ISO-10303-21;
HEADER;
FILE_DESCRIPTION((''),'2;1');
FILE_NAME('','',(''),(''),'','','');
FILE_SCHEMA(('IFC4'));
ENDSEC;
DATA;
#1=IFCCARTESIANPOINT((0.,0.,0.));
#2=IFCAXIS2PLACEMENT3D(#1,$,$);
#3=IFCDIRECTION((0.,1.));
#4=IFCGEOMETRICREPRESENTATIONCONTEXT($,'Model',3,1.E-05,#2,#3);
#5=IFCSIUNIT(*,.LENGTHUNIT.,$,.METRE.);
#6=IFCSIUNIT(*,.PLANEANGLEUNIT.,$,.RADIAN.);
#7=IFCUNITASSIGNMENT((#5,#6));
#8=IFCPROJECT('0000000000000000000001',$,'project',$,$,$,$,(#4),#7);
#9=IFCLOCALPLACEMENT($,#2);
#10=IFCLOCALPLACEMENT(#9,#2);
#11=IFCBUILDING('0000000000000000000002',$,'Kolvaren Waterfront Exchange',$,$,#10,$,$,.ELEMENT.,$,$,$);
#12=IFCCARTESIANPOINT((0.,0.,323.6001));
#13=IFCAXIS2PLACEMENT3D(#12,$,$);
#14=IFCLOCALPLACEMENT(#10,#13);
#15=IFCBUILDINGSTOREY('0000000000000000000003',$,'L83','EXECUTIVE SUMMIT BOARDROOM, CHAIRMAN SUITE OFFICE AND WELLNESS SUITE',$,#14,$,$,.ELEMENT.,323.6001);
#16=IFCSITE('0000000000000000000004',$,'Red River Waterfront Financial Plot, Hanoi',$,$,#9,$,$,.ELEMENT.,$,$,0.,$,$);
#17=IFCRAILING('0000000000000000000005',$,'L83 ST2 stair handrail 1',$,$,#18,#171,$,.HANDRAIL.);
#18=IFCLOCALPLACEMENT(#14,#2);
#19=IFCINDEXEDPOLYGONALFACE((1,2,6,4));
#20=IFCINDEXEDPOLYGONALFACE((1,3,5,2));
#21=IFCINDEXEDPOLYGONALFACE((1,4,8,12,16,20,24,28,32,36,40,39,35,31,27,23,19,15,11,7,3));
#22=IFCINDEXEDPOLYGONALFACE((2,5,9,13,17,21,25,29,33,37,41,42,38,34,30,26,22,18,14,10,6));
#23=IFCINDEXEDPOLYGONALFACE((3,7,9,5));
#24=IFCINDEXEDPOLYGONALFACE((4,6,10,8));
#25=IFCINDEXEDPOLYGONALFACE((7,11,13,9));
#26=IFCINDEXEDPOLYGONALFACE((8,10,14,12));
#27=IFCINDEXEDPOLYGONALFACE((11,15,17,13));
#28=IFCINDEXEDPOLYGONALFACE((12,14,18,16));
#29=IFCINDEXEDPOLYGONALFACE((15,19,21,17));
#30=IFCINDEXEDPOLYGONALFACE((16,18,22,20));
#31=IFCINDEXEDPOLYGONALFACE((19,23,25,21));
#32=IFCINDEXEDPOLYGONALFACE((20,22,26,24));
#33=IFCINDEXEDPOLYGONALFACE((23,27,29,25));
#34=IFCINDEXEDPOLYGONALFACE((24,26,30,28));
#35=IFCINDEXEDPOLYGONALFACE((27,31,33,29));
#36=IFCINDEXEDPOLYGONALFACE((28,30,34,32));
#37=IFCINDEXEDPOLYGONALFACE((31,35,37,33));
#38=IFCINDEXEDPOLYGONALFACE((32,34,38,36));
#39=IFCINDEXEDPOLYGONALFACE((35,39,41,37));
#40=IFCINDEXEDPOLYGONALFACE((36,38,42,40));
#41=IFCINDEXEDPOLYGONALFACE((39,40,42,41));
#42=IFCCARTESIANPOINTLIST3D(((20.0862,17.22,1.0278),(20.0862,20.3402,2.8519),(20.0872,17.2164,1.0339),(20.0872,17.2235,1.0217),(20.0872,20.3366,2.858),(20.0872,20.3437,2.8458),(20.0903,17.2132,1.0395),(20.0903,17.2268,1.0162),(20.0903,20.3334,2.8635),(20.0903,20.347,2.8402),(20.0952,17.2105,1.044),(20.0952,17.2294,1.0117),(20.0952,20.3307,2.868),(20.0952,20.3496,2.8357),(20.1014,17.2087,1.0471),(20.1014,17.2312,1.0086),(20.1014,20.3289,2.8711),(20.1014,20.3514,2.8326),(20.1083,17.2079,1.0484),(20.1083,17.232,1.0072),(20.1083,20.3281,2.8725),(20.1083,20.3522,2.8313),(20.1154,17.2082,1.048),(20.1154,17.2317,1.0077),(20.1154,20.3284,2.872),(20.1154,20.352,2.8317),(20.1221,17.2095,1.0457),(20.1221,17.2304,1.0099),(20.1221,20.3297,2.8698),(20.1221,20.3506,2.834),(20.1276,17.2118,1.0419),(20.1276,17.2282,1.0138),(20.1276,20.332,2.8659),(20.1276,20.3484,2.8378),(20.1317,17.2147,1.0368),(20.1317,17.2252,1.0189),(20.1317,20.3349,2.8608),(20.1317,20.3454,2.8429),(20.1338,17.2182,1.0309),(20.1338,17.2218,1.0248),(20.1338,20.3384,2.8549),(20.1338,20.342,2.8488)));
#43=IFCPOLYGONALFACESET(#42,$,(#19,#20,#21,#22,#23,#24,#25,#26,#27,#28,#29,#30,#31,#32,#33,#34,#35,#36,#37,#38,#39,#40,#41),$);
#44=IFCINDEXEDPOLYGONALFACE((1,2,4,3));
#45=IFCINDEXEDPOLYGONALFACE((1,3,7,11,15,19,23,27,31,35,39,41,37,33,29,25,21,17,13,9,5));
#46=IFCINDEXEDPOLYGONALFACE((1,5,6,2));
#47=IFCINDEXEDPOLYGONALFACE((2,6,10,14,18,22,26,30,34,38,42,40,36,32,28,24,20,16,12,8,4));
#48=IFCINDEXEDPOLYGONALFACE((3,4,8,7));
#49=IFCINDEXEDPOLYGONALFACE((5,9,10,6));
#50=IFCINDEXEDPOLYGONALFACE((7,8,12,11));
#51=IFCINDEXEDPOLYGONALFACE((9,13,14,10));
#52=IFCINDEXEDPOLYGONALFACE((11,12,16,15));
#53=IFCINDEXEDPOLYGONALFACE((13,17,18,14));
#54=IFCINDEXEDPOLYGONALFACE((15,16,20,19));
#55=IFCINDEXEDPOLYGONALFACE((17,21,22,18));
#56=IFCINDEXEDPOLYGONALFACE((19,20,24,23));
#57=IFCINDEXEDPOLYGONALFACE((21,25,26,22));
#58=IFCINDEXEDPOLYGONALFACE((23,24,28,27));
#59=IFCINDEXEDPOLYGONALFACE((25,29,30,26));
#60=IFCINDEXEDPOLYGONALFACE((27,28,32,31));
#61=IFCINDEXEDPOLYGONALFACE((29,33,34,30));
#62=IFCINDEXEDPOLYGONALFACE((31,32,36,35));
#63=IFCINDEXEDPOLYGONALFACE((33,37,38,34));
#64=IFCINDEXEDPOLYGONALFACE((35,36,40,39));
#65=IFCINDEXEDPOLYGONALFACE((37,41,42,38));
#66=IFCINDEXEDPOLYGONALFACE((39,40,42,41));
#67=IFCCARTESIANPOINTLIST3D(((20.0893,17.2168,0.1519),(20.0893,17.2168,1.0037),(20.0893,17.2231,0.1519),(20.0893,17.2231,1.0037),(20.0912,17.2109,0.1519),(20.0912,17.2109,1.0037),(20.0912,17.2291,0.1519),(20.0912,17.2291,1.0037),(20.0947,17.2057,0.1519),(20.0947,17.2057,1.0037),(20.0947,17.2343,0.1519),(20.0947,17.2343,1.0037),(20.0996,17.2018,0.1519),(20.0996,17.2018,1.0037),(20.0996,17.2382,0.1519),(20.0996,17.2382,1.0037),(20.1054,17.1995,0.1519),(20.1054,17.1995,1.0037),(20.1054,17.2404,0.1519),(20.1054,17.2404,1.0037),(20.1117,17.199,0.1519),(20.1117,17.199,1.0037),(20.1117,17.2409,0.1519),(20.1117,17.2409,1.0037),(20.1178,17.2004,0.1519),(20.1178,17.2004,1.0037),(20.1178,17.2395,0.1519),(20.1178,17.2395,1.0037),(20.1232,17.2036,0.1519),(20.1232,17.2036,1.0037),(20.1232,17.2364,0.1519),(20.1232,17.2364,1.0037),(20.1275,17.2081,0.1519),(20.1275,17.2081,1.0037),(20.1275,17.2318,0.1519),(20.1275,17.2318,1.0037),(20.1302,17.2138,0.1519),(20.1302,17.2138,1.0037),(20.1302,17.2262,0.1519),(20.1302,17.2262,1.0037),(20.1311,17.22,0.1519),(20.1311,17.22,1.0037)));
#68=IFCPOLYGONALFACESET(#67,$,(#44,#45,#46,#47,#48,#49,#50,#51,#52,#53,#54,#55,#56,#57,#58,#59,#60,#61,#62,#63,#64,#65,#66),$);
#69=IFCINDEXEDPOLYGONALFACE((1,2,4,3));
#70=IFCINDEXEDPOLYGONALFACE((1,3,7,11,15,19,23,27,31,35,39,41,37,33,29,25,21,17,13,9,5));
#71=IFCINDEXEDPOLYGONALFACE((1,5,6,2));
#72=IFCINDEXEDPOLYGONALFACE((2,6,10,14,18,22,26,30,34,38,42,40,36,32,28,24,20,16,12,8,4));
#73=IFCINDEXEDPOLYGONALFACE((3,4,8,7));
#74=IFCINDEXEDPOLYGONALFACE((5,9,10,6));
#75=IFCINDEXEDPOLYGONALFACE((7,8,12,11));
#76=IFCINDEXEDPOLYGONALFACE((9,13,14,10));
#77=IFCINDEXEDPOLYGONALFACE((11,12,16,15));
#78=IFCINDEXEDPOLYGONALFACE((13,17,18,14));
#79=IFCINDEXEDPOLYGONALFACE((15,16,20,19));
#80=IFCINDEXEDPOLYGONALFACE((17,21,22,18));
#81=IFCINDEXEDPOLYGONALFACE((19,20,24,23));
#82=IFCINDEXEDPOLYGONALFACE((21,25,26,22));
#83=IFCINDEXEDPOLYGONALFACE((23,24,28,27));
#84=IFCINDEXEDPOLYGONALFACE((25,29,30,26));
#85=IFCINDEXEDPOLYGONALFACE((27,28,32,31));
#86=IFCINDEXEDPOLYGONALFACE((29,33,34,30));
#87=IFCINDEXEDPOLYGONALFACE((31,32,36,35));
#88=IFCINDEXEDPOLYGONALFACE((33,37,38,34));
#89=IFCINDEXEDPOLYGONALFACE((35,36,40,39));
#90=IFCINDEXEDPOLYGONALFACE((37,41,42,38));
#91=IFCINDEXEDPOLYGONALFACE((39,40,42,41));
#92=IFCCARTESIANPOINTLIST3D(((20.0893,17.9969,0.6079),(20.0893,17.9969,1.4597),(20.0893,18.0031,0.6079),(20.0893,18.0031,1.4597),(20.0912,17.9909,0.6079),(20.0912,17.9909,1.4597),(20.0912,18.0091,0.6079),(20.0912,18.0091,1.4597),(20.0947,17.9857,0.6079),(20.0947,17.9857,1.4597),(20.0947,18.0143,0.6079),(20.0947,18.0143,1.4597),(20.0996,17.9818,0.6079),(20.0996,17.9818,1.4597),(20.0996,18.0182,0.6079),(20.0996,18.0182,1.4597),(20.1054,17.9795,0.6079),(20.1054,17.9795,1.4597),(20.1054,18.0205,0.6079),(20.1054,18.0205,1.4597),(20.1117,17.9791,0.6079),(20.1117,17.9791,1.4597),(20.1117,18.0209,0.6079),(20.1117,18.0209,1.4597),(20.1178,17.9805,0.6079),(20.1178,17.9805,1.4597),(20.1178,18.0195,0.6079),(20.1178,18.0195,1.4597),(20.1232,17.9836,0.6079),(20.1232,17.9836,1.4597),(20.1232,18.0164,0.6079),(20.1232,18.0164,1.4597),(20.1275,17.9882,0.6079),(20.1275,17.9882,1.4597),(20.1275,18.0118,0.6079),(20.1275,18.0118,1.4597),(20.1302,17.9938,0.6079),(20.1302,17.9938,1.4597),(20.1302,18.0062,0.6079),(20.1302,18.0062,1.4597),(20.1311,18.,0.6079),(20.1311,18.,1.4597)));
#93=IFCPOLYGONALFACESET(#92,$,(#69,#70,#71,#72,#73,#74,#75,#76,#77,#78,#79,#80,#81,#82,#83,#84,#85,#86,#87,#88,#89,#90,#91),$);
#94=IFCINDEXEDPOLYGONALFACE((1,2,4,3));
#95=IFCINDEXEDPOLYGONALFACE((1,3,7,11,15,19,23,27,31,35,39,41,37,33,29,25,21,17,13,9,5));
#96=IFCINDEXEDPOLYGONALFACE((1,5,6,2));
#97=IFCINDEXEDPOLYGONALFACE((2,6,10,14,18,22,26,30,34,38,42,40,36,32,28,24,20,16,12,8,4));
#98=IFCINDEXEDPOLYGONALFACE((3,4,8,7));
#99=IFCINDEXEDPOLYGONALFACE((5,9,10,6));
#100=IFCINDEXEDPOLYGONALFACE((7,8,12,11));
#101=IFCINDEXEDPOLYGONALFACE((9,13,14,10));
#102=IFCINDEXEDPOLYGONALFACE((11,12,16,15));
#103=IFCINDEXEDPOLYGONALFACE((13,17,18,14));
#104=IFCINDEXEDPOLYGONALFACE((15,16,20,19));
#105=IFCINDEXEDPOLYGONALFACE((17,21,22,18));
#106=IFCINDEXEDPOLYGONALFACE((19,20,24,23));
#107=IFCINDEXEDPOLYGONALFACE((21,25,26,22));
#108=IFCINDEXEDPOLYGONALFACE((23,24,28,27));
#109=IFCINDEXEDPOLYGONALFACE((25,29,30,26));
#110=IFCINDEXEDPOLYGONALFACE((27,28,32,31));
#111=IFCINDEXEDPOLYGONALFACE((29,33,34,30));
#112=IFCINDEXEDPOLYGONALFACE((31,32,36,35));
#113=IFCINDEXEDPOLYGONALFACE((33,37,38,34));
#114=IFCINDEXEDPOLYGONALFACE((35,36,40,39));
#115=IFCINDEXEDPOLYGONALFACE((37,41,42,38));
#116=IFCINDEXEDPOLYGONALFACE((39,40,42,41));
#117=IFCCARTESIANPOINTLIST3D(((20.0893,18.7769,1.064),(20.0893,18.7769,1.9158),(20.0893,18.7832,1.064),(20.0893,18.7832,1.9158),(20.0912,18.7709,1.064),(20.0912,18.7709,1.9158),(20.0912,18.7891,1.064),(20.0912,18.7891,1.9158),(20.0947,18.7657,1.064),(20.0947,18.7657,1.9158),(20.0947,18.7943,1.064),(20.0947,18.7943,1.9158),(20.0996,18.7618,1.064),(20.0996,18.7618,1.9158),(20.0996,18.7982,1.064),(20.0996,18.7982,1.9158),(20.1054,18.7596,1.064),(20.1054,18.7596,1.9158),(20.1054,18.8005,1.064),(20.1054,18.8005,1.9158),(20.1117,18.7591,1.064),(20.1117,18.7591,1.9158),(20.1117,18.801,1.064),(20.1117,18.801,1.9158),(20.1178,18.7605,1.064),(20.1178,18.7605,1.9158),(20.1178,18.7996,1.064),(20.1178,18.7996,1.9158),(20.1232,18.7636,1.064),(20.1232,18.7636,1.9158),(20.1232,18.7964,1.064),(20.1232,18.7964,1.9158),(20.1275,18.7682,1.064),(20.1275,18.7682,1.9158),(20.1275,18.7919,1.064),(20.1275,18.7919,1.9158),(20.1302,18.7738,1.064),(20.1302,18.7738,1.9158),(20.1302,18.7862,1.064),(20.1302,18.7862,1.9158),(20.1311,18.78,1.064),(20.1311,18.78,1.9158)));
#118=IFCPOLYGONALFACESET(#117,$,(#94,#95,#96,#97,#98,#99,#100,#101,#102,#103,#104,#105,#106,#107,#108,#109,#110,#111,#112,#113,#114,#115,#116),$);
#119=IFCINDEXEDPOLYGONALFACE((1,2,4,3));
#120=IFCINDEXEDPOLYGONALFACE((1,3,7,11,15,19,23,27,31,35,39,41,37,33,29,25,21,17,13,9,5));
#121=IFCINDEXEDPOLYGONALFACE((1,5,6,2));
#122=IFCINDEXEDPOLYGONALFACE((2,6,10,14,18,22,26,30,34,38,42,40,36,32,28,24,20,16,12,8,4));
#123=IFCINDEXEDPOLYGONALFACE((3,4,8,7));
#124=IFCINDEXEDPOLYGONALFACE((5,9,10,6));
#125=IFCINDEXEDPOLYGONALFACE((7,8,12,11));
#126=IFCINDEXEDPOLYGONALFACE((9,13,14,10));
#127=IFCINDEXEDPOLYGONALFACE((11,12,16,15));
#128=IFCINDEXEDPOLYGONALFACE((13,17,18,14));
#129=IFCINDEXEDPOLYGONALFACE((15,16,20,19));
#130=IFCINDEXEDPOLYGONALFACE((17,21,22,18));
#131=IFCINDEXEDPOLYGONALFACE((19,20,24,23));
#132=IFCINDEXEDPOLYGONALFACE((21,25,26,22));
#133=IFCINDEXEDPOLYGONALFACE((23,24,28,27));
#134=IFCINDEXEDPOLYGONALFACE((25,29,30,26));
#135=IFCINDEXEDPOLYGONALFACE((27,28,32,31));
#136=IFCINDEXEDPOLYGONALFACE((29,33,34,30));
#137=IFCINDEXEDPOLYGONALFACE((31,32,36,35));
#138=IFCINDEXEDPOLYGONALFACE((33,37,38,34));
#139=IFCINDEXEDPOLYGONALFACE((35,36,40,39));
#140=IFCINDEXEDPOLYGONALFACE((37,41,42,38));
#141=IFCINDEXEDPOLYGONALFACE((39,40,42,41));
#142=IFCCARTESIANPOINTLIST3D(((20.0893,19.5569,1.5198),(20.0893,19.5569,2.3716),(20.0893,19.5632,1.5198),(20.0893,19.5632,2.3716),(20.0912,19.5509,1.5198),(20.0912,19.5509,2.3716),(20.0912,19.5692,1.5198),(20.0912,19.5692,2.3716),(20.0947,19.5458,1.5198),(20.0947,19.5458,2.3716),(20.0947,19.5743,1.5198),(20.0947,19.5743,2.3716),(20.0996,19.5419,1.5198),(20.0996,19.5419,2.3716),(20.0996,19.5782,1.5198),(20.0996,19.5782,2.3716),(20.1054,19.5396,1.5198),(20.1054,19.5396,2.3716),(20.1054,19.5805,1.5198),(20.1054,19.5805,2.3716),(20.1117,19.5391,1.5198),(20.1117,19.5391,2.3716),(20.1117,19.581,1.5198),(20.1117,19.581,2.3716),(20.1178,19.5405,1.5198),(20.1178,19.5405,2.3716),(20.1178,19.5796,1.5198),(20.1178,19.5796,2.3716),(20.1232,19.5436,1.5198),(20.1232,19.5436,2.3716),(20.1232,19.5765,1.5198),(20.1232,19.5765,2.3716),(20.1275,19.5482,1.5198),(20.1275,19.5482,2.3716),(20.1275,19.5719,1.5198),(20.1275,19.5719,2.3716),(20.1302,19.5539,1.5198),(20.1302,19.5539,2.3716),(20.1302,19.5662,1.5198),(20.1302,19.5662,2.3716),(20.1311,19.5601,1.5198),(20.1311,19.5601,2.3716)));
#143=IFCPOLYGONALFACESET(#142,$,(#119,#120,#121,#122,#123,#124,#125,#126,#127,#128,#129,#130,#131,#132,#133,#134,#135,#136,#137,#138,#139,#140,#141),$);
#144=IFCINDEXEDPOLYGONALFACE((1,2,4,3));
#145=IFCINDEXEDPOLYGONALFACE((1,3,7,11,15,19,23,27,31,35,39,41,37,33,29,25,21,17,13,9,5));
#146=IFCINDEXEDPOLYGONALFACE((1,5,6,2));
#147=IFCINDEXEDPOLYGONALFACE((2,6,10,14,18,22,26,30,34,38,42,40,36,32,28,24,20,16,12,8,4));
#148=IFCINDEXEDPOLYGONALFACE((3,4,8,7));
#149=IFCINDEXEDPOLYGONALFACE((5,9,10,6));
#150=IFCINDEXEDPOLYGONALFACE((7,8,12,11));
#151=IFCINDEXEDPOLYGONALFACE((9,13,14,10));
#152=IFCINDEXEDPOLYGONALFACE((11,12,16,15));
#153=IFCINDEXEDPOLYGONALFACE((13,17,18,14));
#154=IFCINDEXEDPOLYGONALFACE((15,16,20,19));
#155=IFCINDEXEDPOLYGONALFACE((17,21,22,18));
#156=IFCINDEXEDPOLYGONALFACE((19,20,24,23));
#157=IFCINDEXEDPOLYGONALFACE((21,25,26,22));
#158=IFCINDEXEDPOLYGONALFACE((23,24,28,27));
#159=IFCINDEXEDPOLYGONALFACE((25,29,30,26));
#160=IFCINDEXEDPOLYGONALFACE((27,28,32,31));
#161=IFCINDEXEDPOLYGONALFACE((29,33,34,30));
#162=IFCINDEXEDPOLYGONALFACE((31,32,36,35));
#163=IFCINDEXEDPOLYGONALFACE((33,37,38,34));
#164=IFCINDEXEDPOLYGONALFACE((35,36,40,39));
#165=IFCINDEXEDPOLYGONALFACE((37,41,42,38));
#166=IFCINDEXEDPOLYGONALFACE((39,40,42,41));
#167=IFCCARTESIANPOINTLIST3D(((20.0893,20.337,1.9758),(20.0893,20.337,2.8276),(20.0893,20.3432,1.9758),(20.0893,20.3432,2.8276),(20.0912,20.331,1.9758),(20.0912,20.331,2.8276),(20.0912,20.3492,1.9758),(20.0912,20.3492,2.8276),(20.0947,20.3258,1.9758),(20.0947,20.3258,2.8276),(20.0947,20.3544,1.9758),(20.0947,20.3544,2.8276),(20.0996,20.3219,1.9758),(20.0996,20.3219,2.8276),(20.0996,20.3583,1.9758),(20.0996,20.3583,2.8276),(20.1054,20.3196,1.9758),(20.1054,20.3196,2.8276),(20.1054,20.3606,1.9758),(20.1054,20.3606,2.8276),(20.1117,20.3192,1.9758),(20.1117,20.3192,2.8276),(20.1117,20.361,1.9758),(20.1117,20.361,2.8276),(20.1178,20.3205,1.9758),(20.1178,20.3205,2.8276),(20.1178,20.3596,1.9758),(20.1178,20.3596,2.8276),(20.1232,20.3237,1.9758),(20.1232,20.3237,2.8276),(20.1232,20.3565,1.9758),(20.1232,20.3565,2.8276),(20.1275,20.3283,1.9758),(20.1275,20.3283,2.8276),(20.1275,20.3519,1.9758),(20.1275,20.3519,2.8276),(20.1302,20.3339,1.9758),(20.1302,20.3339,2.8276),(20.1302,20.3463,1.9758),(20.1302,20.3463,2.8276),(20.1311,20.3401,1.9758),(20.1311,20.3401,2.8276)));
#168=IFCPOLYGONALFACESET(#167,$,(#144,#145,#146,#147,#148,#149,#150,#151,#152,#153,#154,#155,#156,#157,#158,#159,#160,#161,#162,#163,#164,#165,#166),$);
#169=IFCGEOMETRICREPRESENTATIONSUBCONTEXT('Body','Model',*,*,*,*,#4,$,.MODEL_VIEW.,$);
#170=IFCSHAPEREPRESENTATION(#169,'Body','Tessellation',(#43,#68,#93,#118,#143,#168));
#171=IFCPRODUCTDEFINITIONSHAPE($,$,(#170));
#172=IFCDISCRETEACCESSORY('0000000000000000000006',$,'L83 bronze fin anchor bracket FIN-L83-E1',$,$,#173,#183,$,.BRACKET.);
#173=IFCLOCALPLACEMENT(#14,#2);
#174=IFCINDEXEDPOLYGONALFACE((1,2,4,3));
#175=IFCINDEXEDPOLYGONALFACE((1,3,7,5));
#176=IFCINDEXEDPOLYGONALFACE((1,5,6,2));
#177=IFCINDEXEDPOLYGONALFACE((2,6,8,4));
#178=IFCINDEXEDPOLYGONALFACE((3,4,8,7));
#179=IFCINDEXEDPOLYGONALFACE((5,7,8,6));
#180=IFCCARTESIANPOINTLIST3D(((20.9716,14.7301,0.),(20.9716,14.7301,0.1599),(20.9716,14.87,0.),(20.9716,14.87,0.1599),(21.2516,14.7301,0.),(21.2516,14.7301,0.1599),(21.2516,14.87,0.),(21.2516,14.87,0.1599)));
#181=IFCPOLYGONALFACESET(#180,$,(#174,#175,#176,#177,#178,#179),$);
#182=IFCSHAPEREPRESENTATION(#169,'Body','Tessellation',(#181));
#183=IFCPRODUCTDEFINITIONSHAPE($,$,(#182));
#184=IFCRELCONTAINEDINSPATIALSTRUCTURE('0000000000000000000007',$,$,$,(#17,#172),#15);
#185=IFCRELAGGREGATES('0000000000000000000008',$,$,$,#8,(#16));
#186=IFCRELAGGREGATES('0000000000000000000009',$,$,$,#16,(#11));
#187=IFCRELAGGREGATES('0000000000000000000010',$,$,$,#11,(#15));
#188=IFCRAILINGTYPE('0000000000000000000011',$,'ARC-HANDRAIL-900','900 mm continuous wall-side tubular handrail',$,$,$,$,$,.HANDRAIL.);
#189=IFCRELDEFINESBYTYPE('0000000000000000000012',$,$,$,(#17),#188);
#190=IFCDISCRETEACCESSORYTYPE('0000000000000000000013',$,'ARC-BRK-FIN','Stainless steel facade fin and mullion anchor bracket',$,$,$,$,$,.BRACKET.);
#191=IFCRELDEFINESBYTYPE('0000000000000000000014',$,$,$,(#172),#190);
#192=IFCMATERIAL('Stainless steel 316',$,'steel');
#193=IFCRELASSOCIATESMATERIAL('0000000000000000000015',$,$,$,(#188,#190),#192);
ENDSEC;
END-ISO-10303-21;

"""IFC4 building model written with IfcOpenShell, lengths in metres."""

from ifc_helpers import new_model, si_unit, direction, frame, origin, origin_with_axes, origin_2d, place, context, subcontext, project, spatial, rectangle, circle, extrude, source, transform, mapped, material, type_object, element, save


model = new_model("IFC4")

# Units and contexts
model_context = context("Model", 3, precision=1e-05, world=origin(), true_north=direction((0.0, 1.0)))
body_context = subcontext(model_context, "Body", "Model", "MODEL_VIEW")
ifc_project = project(units=[si_unit("LENGTHUNIT", "METRE"), si_unit("PLANEANGLEUNIT", "RADIAN")], contexts=[model_context])

# Site, building, storey
site_placement = place(None, origin())
site = spatial("IfcSite", under=ifc_project, at=site_placement, Name="Red River Waterfront Financial Plot, Hanoi", CompositionType="ELEMENT", RefElevation=0.0)
building_placement = place(site_placement, origin())
building = spatial("IfcBuilding", under=site, at=building_placement, Name="Kolvaren Waterfront Exchange", CompositionType="ELEMENT")
storey_placement = place(building_placement, frame((0.0, 0.0, 323.6001)))
storey = spatial("IfcBuildingStorey", under=building, at=storey_placement, Name="L83", Description="EXECUTIVE SUMMIT BOARDROOM, CHAIRMAN SUITE OFFICE AND WELLNESS SUITE", CompositionType="ELEMENT", Elevation=323.6001)

# Railing
ifc_material_1 = material(Name="Stainless steel 316", Category="steel")
railing_type_1 = type_object("IfcRailingType", Name="ARC-HANDRAIL-900", Description="900 mm continuous wall-side tubular handrail", PredefinedType="HANDRAIL", material=ifc_material_1)
railing_1_placement = place(storey_placement, frame((20.1101, 17.22, 0.1519)))
element("IfcRailing", 1, at=railing_1_placement, inside=storey, type_object=railing_type_1, Name="L83 ST2 stair handrail 1", PredefinedType="HANDRAIL", context=body_context, shape_type="SweptSolid", body=[
    extrude(circle(Radius=0.0239, at=origin_2d()), frame((0.0, 0.0, 0.876), z_axis=(0.0, 0.863308, 0.504677), x_axis=(-1.0, 0.0, 0.0)), (0.0, 0.0, 1.0), 3.6143),
    extrude(circle(Radius=0.021, at=origin_2d()), origin(), (0.0, 0.0, 1.0), 0.8518),
    extrude(circle(Radius=0.021, at=origin_2d()), frame((0.0, 0.78, 0.4561)), (0.0, 0.0, 1.0), 0.8518),
    extrude(circle(Radius=0.021, at=origin_2d()), frame((0.0, 1.5601, 0.9121)), (0.0, 0.0, 1.0), 0.8518),
    extrude(circle(Radius=0.021, at=origin_2d()), frame((0.0, 2.3401, 1.3679)), (0.0, 0.0, 1.0), 0.8518),
    extrude(circle(Radius=0.021, at=origin_2d()), frame((0.0, 3.1201, 1.824)), (0.0, 0.0, 1.0), 0.8518),
])

# Discrete accessory
discrete_accessory_type = type_object("IfcDiscreteAccessoryType", Name="ARC-BRK-FIN", Description="Stainless steel facade fin and mullion anchor bracket", PredefinedType="BRACKET", material=ifc_material_1)
shared_shape = source(origin_with_axes(), body_context, "Body", "SweptSolid", [
    extrude(rectangle(XDim=0.28, YDim=0.1399, at=origin_2d()), origin(), (0.0, 0.0, 1.0), 0.1599),
])
discrete_accessory_placement = place(storey_placement, frame((21.1116, 14.8, 0.0), z_axis=(0.0, 0.0, 1.0), x_axis=(1.0, 0.0, 0.0)))
element("IfcDiscreteAccessory", 2, at=discrete_accessory_placement, inside=storey, type_object=discrete_accessory_type, Name="L83 bronze fin anchor bracket FIN-L83-E1", PredefinedType="BRACKET", context=body_context, shape_type="MappedRepresentation", body=[
    mapped(shared_shape, transform((0.0, 0.0, 0.0), x_axis=(1.0, 0.0, 0.0), y_axis=(0.0, 1.0, 0.0), z_axis=(0.0, 0.0, 1.0), scale=1.0)),
])

save(model, "model.ifc")
